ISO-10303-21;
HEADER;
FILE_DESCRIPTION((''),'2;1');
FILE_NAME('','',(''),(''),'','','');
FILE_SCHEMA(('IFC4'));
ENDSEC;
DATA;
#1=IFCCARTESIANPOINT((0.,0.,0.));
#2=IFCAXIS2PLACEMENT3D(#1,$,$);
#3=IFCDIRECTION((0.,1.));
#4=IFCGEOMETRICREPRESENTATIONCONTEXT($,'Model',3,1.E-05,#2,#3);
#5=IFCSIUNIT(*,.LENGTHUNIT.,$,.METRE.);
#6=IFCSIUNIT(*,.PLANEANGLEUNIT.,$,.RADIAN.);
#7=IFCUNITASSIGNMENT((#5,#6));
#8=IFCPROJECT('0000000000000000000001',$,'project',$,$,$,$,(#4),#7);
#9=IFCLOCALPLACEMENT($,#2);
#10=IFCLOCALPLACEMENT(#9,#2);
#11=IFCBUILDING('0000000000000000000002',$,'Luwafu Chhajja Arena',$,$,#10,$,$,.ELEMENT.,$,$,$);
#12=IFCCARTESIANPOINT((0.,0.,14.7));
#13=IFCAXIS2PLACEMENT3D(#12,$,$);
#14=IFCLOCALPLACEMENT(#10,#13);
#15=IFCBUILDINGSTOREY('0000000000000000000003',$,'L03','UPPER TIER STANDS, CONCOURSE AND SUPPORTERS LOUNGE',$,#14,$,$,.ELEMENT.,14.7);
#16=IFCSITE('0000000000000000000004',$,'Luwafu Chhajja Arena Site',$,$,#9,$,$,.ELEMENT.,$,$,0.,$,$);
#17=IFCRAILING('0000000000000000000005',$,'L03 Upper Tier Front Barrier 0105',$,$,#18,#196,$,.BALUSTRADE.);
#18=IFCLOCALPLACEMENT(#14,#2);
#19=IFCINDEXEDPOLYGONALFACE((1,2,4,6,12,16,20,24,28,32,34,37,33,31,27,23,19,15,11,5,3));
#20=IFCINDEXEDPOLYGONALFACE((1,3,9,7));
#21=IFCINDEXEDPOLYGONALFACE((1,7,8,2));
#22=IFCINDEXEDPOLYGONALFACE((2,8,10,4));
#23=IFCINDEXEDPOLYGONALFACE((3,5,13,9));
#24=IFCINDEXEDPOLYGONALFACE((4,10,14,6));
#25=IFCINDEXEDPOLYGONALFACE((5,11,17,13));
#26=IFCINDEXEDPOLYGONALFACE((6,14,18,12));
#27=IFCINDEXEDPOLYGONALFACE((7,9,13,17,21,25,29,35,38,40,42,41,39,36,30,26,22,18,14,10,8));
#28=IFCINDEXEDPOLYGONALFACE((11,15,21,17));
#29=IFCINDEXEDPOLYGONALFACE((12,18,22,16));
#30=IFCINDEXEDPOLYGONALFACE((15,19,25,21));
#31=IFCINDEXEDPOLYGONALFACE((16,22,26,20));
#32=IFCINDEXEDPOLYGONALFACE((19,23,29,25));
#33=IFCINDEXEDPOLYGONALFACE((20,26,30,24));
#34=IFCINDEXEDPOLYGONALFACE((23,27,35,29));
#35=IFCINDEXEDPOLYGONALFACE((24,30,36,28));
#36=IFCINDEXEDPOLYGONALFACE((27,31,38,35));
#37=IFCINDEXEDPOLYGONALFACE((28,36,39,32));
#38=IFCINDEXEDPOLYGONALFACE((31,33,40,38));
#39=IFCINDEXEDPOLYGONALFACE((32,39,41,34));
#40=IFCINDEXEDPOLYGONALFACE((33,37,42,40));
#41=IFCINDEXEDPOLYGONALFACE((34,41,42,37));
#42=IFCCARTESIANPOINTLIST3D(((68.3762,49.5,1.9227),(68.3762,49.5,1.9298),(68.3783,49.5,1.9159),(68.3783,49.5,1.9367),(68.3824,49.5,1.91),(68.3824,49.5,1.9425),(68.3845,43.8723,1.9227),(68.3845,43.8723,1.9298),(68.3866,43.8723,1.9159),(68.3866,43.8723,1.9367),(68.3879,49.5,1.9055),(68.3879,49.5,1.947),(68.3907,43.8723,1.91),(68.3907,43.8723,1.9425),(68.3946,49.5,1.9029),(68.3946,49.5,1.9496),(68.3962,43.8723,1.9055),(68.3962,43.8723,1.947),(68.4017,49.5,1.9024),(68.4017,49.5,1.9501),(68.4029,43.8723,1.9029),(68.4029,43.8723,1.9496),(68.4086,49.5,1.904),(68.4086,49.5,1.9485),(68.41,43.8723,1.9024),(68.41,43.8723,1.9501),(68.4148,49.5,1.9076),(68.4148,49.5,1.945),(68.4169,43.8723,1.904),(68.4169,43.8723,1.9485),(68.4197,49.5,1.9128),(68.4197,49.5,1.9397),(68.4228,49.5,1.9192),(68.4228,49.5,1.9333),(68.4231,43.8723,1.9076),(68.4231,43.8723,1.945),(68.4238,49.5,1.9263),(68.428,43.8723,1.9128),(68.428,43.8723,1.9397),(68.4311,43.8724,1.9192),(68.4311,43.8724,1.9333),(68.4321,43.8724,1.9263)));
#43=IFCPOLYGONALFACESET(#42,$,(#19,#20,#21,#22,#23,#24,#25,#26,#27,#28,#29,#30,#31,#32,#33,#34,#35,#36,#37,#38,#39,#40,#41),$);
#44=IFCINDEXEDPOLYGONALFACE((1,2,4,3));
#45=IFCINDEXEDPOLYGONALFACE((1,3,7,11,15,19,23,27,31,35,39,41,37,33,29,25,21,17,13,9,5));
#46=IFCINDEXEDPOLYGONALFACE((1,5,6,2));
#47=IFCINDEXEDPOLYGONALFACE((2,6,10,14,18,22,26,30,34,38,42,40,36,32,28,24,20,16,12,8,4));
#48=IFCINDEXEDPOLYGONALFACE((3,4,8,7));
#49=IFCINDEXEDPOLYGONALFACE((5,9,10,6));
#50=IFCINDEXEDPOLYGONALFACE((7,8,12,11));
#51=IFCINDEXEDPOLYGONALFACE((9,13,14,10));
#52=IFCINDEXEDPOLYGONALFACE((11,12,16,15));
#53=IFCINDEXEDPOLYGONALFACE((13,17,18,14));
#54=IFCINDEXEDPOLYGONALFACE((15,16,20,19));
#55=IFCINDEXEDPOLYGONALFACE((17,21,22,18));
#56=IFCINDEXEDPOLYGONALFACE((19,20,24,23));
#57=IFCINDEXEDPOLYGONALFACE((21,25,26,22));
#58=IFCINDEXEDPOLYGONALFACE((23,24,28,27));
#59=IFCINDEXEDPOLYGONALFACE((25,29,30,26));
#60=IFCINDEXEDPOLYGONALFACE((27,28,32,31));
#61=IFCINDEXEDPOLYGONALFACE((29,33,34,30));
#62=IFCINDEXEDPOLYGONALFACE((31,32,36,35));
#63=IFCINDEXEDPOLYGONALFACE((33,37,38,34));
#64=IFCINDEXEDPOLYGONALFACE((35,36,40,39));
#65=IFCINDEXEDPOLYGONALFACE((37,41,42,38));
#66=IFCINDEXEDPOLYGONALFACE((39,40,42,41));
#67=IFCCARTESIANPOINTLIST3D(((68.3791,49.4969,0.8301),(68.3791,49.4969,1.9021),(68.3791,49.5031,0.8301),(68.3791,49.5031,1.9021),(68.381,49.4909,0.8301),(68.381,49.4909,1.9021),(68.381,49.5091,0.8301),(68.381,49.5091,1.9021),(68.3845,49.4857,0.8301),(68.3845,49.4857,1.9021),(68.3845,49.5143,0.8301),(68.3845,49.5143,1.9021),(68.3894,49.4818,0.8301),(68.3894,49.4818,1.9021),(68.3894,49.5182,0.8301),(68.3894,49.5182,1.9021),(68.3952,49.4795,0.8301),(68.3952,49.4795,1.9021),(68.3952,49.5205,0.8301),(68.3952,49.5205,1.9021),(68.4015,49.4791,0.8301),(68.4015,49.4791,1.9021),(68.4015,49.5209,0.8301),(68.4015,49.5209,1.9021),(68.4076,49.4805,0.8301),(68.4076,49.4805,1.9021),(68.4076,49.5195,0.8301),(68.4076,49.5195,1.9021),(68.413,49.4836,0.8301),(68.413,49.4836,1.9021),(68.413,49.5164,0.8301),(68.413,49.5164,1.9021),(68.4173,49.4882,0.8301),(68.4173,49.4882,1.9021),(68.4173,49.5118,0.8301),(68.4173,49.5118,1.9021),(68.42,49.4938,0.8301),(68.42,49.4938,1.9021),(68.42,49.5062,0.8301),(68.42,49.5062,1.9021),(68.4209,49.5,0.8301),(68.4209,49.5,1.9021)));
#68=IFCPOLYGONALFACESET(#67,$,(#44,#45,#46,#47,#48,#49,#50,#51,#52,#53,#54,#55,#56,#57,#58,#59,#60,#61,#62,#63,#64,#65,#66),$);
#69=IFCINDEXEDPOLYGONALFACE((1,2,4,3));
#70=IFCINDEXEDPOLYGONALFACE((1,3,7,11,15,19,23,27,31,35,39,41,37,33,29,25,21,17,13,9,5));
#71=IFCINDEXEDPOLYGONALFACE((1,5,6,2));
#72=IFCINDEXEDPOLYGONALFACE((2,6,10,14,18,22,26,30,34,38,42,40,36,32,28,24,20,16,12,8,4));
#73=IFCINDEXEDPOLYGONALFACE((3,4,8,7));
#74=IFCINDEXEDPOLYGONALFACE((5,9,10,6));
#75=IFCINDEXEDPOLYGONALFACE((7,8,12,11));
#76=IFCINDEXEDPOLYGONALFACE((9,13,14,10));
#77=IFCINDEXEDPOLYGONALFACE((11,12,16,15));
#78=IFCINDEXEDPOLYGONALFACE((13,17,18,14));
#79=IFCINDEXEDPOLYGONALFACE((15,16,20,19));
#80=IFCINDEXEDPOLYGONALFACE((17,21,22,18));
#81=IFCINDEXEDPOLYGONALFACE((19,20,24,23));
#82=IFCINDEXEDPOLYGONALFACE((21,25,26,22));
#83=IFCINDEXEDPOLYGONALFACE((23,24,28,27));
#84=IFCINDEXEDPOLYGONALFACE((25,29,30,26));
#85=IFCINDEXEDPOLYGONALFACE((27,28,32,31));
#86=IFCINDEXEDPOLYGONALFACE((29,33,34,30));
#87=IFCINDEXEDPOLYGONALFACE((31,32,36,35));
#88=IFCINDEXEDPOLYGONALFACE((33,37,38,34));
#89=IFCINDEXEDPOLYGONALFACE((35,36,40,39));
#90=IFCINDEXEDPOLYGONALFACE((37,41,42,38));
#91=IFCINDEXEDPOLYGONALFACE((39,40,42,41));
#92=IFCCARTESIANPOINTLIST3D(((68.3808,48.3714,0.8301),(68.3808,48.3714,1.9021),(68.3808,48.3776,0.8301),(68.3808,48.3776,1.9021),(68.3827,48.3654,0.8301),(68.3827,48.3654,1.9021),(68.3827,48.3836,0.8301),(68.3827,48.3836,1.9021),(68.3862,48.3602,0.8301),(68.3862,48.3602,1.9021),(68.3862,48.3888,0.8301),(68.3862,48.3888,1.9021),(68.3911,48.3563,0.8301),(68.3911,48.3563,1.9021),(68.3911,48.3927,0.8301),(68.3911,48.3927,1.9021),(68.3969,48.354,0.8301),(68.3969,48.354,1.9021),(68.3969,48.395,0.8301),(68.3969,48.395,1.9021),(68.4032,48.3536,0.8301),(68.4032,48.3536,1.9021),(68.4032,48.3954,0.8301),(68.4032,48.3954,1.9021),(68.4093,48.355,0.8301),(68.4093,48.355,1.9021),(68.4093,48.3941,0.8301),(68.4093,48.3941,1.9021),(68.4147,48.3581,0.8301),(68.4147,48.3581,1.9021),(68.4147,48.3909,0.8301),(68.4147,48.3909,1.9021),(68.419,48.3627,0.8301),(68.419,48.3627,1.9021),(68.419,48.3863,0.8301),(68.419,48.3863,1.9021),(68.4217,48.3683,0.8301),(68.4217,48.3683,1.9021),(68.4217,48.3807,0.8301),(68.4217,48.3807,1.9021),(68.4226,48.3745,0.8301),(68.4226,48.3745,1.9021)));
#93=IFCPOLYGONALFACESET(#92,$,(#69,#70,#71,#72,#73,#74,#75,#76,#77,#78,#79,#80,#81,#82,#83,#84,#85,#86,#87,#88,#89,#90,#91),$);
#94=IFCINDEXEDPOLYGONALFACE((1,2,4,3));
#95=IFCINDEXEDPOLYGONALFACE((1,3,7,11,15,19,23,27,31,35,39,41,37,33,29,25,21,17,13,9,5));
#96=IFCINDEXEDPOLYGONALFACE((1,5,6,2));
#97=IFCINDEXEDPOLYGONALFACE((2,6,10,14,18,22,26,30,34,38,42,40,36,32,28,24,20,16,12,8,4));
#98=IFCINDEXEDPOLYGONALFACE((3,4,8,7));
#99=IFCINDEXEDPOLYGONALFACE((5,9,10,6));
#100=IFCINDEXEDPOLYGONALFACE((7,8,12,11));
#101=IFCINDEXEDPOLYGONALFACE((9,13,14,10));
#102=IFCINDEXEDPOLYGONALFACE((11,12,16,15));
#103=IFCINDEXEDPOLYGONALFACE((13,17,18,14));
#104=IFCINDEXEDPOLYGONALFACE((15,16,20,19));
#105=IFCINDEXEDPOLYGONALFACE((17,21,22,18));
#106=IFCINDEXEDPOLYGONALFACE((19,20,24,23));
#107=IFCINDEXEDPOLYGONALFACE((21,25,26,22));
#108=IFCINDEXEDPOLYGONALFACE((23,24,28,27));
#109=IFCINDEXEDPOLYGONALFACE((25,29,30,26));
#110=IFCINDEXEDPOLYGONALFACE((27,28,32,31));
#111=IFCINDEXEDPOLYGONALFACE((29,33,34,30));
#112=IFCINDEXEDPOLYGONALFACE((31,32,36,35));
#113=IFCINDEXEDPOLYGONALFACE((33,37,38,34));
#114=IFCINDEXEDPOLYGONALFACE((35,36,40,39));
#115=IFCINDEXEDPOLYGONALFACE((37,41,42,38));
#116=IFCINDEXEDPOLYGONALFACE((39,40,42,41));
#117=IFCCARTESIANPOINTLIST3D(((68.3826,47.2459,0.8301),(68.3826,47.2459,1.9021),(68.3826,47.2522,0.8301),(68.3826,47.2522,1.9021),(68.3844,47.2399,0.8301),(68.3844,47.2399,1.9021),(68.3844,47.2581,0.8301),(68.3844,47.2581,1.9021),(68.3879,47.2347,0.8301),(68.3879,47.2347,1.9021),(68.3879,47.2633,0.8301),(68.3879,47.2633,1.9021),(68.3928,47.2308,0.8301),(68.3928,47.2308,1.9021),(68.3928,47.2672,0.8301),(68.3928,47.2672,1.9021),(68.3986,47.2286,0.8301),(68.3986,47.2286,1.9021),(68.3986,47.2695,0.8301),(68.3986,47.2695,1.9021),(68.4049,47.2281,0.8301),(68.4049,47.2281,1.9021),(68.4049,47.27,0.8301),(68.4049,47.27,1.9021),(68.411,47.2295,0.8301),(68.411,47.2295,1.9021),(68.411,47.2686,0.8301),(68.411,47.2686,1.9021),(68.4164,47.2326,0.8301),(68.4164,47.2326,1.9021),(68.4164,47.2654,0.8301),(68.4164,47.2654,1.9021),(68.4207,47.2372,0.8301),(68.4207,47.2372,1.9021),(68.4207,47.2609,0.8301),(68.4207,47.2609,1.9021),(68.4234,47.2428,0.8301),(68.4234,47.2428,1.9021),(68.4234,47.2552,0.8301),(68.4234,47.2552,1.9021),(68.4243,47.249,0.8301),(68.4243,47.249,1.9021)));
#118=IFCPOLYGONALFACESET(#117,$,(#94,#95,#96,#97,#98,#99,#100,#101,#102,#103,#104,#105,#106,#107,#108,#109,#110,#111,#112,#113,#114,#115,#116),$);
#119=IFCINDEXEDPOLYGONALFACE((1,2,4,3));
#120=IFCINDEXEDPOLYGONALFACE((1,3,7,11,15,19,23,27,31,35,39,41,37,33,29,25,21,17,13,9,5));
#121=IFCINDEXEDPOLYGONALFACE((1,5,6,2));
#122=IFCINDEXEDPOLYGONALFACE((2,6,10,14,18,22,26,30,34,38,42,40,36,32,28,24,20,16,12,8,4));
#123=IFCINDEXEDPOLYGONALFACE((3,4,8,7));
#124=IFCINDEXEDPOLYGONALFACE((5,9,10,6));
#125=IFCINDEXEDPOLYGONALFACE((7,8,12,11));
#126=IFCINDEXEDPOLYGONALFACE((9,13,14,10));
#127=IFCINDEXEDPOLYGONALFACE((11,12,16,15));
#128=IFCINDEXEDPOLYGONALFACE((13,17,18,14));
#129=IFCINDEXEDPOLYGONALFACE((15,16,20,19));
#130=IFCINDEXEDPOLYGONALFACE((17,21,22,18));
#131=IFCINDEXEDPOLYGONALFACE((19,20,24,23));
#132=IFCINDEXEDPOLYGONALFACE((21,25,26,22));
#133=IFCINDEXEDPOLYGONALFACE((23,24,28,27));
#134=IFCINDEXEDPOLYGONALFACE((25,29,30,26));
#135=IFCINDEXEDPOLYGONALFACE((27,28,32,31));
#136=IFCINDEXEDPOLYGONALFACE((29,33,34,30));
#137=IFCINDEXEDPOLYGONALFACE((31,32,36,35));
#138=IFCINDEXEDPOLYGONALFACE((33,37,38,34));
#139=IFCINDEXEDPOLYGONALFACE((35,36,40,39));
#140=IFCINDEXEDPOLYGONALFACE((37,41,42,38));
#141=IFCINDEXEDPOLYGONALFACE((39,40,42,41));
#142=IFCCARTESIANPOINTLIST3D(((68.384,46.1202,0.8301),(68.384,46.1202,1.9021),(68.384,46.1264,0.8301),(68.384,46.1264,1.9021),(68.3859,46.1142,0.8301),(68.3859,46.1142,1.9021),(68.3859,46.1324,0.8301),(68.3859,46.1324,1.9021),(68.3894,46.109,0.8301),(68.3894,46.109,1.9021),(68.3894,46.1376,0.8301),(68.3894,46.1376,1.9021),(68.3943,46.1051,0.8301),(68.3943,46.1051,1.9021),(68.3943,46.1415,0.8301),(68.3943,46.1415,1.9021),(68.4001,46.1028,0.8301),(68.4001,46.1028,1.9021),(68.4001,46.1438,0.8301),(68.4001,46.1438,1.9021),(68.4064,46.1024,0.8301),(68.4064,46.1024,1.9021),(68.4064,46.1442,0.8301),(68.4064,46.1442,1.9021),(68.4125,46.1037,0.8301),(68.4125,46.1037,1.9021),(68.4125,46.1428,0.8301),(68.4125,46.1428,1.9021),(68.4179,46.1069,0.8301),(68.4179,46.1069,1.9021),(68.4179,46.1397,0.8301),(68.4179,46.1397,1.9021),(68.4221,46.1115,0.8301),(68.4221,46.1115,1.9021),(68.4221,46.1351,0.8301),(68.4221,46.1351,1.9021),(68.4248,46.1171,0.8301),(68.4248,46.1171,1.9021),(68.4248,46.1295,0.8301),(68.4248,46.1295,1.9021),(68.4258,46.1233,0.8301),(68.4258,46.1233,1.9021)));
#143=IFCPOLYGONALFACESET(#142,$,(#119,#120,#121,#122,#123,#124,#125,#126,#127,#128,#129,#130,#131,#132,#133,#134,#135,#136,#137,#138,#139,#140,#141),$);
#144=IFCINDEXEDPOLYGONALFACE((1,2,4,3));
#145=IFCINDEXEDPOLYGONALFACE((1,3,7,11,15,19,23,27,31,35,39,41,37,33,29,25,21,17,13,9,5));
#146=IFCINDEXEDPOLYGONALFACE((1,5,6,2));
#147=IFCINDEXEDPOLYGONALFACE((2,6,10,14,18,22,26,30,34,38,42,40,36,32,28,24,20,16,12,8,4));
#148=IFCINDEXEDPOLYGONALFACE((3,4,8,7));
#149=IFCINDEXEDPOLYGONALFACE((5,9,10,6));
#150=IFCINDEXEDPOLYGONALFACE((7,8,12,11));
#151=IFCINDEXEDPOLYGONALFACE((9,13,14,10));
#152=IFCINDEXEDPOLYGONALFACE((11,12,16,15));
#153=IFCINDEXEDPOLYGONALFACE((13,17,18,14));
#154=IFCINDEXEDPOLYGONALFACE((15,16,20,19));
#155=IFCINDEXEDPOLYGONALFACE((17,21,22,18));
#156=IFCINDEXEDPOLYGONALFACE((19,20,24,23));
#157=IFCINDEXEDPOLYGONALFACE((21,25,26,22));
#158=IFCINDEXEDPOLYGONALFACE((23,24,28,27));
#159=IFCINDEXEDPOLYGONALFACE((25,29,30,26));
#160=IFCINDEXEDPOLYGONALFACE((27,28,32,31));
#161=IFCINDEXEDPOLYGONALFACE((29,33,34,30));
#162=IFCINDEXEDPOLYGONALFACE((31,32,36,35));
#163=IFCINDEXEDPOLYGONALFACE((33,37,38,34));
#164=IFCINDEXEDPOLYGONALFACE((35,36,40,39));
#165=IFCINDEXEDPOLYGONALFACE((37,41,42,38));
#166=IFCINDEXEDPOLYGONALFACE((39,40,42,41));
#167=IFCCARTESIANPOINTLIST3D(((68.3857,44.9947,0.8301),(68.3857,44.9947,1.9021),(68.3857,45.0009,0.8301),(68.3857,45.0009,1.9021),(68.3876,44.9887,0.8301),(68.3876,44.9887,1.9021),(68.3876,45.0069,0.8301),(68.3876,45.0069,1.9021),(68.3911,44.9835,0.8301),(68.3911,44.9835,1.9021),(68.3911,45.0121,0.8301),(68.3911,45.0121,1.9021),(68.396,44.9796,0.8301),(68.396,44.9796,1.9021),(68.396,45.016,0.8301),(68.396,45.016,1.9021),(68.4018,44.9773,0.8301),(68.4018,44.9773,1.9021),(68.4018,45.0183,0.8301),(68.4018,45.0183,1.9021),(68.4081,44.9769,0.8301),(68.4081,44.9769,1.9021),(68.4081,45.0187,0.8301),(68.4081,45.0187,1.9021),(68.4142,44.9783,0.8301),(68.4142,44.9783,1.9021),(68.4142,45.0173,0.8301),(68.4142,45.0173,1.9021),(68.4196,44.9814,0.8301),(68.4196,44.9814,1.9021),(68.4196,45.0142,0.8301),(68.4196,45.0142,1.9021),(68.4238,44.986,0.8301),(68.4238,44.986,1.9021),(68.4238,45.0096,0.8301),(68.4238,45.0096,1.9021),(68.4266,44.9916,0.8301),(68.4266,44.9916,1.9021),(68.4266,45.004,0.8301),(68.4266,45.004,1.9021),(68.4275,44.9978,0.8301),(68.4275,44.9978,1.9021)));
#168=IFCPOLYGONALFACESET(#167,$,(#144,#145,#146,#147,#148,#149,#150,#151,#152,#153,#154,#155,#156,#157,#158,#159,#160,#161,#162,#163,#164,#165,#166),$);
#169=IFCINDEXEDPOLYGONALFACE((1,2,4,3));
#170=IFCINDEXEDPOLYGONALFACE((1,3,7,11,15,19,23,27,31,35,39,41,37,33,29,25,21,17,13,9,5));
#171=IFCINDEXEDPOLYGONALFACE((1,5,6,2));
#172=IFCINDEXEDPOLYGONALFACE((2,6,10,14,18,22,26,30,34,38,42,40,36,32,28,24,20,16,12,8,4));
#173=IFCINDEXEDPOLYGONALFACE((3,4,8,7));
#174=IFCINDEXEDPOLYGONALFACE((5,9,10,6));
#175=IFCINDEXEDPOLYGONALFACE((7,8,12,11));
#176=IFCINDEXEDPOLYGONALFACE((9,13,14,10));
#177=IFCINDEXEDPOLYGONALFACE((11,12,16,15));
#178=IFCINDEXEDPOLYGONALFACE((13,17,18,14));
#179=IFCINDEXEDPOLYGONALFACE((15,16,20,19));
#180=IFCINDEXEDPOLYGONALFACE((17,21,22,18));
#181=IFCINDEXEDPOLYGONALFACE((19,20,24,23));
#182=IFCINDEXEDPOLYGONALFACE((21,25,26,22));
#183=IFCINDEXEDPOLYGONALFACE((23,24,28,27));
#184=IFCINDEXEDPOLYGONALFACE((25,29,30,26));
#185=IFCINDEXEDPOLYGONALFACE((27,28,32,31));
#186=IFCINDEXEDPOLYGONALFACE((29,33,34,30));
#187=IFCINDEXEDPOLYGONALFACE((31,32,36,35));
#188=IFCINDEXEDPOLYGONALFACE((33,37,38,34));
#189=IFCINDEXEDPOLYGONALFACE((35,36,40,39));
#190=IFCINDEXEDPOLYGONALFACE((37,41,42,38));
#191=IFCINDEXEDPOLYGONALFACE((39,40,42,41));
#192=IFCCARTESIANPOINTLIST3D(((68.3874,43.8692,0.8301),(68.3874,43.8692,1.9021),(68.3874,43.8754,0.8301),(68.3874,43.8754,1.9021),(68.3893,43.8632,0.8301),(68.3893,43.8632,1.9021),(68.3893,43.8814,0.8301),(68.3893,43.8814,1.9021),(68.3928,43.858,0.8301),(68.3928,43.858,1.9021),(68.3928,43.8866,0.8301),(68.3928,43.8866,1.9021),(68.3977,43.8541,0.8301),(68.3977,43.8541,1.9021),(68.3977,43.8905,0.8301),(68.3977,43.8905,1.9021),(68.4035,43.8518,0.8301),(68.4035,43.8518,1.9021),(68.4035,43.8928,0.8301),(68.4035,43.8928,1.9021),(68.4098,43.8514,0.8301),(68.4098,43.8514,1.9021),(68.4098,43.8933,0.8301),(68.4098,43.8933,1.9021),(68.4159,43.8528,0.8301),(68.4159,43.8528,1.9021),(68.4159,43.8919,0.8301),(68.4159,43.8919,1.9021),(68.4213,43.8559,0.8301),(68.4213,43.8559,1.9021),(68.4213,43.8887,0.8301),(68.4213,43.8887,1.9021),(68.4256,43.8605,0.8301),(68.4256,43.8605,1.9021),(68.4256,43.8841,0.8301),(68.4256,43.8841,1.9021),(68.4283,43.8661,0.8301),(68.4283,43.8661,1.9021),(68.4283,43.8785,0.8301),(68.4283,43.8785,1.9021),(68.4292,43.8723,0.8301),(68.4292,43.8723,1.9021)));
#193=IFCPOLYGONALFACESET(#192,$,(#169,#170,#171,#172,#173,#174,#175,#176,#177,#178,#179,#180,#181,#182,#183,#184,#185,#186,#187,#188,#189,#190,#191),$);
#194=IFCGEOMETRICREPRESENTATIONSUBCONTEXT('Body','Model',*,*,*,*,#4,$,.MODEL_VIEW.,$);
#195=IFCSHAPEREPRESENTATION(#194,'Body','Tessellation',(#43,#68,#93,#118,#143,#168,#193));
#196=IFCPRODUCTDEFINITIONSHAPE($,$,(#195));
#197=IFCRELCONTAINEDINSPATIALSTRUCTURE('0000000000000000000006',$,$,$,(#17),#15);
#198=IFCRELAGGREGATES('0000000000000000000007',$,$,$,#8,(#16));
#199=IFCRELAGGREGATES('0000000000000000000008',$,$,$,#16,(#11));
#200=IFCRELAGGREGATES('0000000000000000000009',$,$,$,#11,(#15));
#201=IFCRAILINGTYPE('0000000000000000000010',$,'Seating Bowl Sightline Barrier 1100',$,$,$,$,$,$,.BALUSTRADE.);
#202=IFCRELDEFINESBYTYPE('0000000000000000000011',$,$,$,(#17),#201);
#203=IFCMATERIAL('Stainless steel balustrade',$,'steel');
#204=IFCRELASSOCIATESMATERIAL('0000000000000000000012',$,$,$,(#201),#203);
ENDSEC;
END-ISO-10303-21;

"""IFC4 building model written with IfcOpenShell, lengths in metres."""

from ifc_helpers import new_model, si_unit, direction, frame, origin, origin_2d, place, context, subcontext, project, spatial, circle, extrude, material, type_object, element, save


model = new_model("IFC4")

# Units and contexts
model_context = context("Model", 3, precision=1e-05, world=origin(), true_north=direction((0.0, 1.0)))
body_context = subcontext(model_context, "Body", "Model", "MODEL_VIEW")
ifc_project = project(units=[si_unit("LENGTHUNIT", "METRE"), si_unit("PLANEANGLEUNIT", "RADIAN")], contexts=[model_context])

# Site, building, storey
site_placement = place(None, origin())
site = spatial("IfcSite", under=ifc_project, at=site_placement, Name="Luwafu Chhajja Arena Site", CompositionType="ELEMENT", RefElevation=0.0)
building_placement = place(site_placement, origin())
building = spatial("IfcBuilding", under=site, at=building_placement, Name="Luwafu Chhajja Arena", CompositionType="ELEMENT")
storey_placement = place(building_placement, frame((0.0, 0.0, 14.7)))
storey = spatial("IfcBuildingStorey", under=building, at=storey_placement, Name="L03", Description="UPPER TIER STANDS, CONCOURSE AND SUPPORTERS LOUNGE", CompositionType="ELEMENT", Elevation=14.7)

# Railing
ifc_material_1 = material(Name="Stainless steel balustrade", Category="steel")
railing_type_1 = type_object("IfcRailingType", Name="Seating Bowl Sightline Barrier 1100", PredefinedType="BALUSTRADE", material=ifc_material_1)
railing_1_placement = place(storey_placement, frame((68.3999, 49.5, 0.8301)))
element("IfcRailing", 1, at=railing_1_placement, inside=storey, type_object=railing_type_1, Name="L03 Upper Tier Front Barrier 0105", PredefinedType="BALUSTRADE", context=body_context, shape_type="SweptSolid", body=[
    extrude(circle(Radius=0.0239, at=origin_2d()), frame((0.0, 0.0, 1.0962), z_axis=(0.001475, -0.999999, 0.0), x_axis=(0.999999, 0.001475, 0.0)), (0.0, 0.0, 1.0), 5.6277),
    extrude(circle(Radius=0.021, at=origin_2d()), origin(), (0.0, 0.0, 1.0), 1.072),
    extrude(circle(Radius=0.021, at=origin_2d()), frame((0.0017, -1.1255, 0.0)), (0.0, 0.0, 1.0), 1.072),
    extrude(circle(Radius=0.021, at=origin_2d()), frame((0.0034, -2.251, 0.0)), (0.0, 0.0, 1.0), 1.072),
    extrude(circle(Radius=0.021, at=origin_2d()), frame((0.0049, -3.3767, 0.0)), (0.0, 0.0, 1.0), 1.072),
    extrude(circle(Radius=0.021, at=origin_2d()), frame((0.0066, -4.5022, 0.0)), (0.0, 0.0, 1.0), 1.072),
    extrude(circle(Radius=0.021, at=origin_2d()), frame((0.0083, -5.6277, 0.0)), (0.0, 0.0, 1.0), 1.072),
])

save(model, "model.ifc")
